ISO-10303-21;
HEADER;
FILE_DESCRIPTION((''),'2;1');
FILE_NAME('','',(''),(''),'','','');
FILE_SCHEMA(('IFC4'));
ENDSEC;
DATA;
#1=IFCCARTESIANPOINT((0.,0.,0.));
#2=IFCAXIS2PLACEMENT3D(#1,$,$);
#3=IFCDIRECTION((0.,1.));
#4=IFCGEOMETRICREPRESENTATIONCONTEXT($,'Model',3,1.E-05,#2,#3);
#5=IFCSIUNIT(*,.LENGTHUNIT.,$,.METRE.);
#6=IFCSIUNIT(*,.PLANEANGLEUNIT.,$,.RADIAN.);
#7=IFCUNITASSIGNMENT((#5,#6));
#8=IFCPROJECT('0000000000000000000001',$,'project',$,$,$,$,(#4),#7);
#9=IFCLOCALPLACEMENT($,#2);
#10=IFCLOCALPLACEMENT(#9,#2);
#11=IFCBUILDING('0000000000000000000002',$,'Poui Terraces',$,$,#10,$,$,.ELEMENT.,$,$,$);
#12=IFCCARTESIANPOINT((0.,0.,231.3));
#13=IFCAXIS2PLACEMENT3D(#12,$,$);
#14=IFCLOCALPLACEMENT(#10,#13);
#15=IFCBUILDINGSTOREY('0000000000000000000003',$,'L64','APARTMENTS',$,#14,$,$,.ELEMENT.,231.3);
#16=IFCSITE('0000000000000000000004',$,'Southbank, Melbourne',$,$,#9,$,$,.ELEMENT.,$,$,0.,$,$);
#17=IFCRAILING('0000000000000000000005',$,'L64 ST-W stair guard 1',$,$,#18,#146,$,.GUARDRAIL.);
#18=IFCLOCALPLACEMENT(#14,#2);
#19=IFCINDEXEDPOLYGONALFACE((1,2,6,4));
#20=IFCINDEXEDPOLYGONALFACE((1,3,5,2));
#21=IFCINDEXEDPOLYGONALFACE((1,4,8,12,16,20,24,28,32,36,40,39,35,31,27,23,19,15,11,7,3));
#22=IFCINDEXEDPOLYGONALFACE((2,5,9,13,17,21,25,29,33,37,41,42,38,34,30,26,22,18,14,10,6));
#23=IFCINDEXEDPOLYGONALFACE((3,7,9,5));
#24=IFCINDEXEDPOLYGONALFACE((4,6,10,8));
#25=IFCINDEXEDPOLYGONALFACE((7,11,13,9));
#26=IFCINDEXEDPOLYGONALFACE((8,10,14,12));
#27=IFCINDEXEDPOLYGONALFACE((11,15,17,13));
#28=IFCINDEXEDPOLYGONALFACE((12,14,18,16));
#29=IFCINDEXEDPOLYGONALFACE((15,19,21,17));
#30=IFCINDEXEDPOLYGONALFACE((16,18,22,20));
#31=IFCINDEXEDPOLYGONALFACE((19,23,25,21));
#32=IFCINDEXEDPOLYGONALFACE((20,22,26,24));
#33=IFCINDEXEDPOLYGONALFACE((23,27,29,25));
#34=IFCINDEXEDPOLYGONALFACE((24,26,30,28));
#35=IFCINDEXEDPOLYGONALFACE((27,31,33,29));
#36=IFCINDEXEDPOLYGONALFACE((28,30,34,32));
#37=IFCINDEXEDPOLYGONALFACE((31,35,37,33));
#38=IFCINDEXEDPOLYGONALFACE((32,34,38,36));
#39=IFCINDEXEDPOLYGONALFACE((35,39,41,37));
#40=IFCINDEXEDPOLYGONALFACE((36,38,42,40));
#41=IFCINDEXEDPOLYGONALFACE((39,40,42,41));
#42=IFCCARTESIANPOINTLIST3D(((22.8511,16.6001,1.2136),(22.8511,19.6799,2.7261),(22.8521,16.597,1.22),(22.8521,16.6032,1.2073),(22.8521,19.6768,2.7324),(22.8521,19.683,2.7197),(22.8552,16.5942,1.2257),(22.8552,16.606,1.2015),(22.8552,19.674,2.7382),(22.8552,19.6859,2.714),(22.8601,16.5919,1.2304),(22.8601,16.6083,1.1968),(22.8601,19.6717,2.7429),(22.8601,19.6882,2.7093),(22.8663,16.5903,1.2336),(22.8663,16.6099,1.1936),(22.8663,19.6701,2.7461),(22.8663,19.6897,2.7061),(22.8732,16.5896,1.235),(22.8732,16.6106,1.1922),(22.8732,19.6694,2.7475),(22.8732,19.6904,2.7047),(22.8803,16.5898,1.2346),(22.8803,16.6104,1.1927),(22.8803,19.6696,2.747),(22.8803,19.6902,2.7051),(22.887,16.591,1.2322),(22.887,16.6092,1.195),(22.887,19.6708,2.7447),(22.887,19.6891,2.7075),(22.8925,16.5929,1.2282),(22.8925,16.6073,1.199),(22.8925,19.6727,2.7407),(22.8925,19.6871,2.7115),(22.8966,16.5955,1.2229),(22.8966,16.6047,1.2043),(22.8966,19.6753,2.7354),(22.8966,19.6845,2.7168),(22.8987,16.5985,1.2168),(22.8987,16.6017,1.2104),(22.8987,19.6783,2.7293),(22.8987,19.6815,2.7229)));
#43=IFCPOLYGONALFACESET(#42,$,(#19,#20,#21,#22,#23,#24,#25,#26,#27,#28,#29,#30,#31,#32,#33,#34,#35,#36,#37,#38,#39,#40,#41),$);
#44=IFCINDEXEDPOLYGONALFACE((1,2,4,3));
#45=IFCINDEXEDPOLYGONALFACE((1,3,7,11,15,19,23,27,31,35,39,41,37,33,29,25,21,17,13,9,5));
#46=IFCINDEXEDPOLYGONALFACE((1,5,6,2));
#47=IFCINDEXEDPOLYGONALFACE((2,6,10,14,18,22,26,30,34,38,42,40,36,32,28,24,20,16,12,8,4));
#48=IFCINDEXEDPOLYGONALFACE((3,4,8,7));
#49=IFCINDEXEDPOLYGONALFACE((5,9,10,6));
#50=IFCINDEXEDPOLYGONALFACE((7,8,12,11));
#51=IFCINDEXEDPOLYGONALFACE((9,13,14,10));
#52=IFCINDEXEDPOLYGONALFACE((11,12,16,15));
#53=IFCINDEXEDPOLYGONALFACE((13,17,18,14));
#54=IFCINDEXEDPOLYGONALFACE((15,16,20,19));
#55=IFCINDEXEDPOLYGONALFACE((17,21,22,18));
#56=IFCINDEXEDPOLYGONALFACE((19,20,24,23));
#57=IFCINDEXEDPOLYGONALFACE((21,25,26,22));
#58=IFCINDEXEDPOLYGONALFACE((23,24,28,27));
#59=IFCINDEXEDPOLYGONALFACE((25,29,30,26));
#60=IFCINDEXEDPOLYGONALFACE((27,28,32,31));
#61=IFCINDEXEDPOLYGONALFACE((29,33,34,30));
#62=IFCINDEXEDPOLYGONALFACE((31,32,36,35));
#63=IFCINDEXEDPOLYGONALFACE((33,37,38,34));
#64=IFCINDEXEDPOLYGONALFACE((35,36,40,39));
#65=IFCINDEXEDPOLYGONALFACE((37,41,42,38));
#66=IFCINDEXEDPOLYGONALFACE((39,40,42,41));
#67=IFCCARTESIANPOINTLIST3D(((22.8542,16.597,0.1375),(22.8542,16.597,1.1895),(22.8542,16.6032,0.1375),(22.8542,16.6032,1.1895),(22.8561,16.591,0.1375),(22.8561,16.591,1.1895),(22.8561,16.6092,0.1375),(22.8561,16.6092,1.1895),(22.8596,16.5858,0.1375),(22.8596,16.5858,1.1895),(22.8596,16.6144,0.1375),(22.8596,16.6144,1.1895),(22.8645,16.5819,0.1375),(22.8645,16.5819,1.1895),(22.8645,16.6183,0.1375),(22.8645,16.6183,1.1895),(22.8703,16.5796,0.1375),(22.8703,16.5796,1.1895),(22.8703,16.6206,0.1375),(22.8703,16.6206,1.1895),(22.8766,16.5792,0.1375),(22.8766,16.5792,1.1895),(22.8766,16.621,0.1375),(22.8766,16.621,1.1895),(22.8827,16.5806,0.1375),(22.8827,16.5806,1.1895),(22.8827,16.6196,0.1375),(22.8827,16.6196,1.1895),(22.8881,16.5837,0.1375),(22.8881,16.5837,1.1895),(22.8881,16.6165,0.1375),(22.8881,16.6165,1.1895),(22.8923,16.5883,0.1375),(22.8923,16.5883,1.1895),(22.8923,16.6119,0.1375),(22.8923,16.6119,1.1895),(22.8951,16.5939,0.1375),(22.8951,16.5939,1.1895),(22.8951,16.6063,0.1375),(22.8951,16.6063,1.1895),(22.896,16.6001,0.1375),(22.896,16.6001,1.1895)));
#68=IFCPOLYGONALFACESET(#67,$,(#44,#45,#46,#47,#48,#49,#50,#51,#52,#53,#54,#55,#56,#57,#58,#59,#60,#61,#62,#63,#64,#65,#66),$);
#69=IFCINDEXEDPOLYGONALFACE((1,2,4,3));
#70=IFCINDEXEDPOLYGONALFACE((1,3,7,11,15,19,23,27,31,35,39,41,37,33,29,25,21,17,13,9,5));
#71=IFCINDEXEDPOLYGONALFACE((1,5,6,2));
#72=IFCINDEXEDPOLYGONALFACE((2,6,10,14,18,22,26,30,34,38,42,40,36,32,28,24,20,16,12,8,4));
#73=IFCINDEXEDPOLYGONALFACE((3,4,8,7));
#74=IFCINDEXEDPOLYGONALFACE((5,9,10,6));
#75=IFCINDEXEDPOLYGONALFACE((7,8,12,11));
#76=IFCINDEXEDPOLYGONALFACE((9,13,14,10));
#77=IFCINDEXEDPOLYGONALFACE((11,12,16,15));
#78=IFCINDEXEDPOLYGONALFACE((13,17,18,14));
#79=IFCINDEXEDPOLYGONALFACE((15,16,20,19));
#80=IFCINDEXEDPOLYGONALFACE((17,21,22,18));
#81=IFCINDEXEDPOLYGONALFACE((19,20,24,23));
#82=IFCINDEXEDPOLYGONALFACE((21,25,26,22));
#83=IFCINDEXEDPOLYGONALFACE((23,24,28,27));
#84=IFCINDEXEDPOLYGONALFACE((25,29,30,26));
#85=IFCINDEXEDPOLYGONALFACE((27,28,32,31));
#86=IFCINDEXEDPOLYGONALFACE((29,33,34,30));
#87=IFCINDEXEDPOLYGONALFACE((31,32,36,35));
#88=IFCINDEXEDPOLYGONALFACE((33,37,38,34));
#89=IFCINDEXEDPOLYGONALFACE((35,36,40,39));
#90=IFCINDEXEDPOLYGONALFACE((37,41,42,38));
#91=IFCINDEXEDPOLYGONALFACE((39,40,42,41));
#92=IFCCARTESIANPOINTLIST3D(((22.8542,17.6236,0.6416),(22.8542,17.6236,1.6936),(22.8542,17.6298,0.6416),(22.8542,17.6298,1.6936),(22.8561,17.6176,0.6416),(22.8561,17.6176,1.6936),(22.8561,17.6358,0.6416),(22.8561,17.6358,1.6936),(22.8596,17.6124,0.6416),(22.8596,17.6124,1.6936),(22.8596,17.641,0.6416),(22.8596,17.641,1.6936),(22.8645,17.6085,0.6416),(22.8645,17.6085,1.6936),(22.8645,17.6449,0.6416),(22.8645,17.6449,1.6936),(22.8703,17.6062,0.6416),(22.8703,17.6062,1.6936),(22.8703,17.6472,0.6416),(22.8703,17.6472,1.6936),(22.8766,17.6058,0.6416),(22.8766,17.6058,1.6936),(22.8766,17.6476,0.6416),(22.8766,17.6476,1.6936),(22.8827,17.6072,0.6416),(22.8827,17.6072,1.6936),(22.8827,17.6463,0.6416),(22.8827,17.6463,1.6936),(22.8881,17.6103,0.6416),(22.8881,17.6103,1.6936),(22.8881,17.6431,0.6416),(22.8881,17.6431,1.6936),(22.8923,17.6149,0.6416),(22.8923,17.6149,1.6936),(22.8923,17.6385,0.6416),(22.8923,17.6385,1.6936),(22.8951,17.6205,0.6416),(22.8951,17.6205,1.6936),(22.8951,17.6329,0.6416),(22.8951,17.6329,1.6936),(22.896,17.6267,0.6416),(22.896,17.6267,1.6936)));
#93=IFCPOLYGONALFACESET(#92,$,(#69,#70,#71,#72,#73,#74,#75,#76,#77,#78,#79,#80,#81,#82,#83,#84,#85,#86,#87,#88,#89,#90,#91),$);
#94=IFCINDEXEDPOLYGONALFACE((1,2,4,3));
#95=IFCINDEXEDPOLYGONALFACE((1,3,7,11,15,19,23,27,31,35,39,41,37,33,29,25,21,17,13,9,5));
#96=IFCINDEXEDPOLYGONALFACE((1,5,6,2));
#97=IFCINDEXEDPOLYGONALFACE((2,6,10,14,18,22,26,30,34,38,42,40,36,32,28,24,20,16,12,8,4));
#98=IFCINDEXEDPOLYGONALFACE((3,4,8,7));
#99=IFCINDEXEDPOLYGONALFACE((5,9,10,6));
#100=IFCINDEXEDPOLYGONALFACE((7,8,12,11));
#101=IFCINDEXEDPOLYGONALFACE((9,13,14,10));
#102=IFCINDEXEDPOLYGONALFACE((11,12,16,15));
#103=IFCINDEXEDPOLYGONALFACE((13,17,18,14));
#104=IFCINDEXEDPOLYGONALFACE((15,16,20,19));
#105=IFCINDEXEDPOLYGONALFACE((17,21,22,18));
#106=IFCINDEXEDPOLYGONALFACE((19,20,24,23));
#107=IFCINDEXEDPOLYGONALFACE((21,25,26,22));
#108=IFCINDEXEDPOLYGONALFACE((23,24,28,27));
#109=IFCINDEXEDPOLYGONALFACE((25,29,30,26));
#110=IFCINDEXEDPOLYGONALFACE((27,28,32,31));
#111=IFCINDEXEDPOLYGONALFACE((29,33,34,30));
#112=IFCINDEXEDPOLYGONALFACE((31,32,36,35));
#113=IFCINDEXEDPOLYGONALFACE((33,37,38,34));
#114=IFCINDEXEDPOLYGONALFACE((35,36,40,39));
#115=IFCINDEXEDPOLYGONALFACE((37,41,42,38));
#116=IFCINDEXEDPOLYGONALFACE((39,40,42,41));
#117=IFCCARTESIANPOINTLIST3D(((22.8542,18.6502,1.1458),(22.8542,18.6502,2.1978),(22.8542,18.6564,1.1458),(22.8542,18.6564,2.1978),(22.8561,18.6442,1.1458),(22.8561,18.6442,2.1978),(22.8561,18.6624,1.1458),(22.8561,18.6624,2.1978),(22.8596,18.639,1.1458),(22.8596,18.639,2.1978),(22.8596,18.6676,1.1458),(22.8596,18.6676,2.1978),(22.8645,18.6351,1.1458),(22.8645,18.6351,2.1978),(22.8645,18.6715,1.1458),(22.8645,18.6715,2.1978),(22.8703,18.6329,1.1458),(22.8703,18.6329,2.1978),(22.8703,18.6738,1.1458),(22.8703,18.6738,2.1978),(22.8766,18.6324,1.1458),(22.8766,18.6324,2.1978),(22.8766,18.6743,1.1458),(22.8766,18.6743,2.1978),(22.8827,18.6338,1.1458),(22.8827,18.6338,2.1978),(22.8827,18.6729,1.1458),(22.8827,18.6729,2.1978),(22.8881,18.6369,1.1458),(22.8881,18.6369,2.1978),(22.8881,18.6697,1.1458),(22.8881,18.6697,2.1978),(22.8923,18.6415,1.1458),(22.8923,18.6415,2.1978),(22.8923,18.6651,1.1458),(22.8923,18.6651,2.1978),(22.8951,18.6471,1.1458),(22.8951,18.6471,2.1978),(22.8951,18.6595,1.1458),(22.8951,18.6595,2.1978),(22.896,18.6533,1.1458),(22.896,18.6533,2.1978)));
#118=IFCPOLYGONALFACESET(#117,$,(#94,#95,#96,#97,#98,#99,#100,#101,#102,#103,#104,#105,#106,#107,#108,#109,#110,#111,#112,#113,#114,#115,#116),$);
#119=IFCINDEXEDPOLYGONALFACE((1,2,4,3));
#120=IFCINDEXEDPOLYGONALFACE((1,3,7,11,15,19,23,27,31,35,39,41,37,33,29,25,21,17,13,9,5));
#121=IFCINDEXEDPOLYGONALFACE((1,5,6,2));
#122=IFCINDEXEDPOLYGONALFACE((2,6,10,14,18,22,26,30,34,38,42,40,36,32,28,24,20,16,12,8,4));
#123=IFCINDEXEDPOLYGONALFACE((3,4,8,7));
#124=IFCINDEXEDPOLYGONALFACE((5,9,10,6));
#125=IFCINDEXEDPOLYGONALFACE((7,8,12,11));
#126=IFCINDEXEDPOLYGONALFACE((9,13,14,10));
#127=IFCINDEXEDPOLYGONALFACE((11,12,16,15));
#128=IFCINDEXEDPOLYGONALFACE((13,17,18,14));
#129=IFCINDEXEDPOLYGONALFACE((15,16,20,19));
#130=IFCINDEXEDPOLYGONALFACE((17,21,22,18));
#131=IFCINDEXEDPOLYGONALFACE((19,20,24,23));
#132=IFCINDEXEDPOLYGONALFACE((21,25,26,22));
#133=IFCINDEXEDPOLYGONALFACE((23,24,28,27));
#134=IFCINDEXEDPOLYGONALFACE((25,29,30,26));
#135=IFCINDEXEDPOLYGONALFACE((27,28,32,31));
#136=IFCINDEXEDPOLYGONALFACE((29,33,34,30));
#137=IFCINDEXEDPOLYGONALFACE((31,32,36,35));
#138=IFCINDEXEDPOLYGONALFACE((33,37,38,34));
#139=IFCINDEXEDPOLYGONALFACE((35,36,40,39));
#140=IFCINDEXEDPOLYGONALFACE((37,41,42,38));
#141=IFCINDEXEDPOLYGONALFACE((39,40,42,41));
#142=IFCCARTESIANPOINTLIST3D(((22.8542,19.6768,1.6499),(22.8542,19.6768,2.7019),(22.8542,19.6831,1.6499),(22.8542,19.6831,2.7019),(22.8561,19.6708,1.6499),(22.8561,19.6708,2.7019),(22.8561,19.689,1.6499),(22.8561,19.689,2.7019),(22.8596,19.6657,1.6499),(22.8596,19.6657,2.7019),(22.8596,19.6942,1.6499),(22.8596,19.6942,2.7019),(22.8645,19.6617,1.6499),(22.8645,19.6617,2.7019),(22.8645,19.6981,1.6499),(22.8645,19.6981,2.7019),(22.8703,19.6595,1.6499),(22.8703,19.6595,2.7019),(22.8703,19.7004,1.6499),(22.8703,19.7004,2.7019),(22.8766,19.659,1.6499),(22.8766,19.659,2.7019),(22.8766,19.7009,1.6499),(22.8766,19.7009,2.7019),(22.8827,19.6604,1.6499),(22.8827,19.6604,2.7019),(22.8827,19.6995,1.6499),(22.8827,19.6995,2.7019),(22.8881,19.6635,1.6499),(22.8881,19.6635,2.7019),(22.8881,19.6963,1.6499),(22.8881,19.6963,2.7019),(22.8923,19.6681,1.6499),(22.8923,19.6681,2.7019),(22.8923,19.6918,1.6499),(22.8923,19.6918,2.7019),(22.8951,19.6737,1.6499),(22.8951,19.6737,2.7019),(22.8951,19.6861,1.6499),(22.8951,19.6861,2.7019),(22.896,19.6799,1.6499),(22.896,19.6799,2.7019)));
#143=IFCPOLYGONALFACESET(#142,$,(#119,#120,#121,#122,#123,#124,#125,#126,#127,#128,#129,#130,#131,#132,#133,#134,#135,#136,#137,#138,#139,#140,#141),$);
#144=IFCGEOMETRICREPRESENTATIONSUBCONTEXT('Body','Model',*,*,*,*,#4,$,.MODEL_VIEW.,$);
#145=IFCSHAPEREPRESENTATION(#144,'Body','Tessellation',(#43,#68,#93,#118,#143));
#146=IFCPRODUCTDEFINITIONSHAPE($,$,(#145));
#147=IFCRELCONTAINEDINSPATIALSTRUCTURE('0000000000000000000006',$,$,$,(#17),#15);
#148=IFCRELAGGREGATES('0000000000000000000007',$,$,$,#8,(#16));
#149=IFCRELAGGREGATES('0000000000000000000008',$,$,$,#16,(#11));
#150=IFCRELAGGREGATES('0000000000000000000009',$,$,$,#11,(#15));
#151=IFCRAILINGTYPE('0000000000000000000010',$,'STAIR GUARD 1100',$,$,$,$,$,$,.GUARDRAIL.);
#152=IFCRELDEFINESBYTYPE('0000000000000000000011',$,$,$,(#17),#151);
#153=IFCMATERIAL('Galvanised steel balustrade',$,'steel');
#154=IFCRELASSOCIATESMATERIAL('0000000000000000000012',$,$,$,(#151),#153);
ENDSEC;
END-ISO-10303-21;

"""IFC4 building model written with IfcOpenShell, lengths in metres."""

from ifc_helpers import new_model, si_unit, direction, frame, origin, origin_2d, place, context, subcontext, project, spatial, circle, extrude, material, type_object, element, save


model = new_model("IFC4")

# Units and contexts
model_context = context("Model", 3, precision=1e-05, world=origin(), true_north=direction((0.0, 1.0)))
body_context = subcontext(model_context, "Body", "Model", "MODEL_VIEW")
ifc_project = project(units=[si_unit("LENGTHUNIT", "METRE"), si_unit("PLANEANGLEUNIT", "RADIAN")], contexts=[model_context])

# Site, building, storey
site_placement = place(None, origin())
site = spatial("IfcSite", under=ifc_project, at=site_placement, Name="Southbank, Melbourne", CompositionType="ELEMENT", RefElevation=0.0)
building_placement = place(site_placement, origin())
building = spatial("IfcBuilding", under=site, at=building_placement, Name="Poui Terraces", CompositionType="ELEMENT")
storey_placement = place(building_placement, frame((0.0, 0.0, 231.3)))
storey = spatial("IfcBuildingStorey", under=building, at=storey_placement, Name="L64", Description="APARTMENTS", CompositionType="ELEMENT", Elevation=231.3)

# Railing
ifc_material_1 = material(Name="Galvanised steel balustrade", Category="steel")
railing_type_1 = type_object("IfcRailingType", Name="STAIR GUARD 1100", PredefinedType="GUARDRAIL", material=ifc_material_1)
railing_1_placement = place(storey_placement, frame((22.875, 16.6001, 0.1375)))
element("IfcRailing", 1, at=railing_1_placement, inside=storey, type_object=railing_type_1, Name="L64 ST-W stair guard 1", PredefinedType="GUARDRAIL", context=body_context, shape_type="SweptSolid", body=[
    extrude(circle(Radius=0.0239, at=origin_2d()), frame((0.0, 0.0, 1.0762), z_axis=(0.0, 0.897606, 0.440798), x_axis=(-1.0, 0.0, 0.0)), (0.0, 0.0, 1.0), 3.4312),
    extrude(circle(Radius=0.021, at=origin_2d()), origin(), (0.0, 0.0, 1.0), 1.052),
    extrude(circle(Radius=0.021, at=origin_2d()), frame((0.0, 1.0266, 0.5042)), (0.0, 0.0, 1.0), 1.052),
    extrude(circle(Radius=0.021, at=origin_2d()), frame((0.0, 2.0532, 1.0083)), (0.0, 0.0, 1.0), 1.052),
    extrude(circle(Radius=0.021, at=origin_2d()), frame((0.0, 3.0798, 1.5125)), (0.0, 0.0, 1.0), 1.052),
])

save(model, "model.ifc")
